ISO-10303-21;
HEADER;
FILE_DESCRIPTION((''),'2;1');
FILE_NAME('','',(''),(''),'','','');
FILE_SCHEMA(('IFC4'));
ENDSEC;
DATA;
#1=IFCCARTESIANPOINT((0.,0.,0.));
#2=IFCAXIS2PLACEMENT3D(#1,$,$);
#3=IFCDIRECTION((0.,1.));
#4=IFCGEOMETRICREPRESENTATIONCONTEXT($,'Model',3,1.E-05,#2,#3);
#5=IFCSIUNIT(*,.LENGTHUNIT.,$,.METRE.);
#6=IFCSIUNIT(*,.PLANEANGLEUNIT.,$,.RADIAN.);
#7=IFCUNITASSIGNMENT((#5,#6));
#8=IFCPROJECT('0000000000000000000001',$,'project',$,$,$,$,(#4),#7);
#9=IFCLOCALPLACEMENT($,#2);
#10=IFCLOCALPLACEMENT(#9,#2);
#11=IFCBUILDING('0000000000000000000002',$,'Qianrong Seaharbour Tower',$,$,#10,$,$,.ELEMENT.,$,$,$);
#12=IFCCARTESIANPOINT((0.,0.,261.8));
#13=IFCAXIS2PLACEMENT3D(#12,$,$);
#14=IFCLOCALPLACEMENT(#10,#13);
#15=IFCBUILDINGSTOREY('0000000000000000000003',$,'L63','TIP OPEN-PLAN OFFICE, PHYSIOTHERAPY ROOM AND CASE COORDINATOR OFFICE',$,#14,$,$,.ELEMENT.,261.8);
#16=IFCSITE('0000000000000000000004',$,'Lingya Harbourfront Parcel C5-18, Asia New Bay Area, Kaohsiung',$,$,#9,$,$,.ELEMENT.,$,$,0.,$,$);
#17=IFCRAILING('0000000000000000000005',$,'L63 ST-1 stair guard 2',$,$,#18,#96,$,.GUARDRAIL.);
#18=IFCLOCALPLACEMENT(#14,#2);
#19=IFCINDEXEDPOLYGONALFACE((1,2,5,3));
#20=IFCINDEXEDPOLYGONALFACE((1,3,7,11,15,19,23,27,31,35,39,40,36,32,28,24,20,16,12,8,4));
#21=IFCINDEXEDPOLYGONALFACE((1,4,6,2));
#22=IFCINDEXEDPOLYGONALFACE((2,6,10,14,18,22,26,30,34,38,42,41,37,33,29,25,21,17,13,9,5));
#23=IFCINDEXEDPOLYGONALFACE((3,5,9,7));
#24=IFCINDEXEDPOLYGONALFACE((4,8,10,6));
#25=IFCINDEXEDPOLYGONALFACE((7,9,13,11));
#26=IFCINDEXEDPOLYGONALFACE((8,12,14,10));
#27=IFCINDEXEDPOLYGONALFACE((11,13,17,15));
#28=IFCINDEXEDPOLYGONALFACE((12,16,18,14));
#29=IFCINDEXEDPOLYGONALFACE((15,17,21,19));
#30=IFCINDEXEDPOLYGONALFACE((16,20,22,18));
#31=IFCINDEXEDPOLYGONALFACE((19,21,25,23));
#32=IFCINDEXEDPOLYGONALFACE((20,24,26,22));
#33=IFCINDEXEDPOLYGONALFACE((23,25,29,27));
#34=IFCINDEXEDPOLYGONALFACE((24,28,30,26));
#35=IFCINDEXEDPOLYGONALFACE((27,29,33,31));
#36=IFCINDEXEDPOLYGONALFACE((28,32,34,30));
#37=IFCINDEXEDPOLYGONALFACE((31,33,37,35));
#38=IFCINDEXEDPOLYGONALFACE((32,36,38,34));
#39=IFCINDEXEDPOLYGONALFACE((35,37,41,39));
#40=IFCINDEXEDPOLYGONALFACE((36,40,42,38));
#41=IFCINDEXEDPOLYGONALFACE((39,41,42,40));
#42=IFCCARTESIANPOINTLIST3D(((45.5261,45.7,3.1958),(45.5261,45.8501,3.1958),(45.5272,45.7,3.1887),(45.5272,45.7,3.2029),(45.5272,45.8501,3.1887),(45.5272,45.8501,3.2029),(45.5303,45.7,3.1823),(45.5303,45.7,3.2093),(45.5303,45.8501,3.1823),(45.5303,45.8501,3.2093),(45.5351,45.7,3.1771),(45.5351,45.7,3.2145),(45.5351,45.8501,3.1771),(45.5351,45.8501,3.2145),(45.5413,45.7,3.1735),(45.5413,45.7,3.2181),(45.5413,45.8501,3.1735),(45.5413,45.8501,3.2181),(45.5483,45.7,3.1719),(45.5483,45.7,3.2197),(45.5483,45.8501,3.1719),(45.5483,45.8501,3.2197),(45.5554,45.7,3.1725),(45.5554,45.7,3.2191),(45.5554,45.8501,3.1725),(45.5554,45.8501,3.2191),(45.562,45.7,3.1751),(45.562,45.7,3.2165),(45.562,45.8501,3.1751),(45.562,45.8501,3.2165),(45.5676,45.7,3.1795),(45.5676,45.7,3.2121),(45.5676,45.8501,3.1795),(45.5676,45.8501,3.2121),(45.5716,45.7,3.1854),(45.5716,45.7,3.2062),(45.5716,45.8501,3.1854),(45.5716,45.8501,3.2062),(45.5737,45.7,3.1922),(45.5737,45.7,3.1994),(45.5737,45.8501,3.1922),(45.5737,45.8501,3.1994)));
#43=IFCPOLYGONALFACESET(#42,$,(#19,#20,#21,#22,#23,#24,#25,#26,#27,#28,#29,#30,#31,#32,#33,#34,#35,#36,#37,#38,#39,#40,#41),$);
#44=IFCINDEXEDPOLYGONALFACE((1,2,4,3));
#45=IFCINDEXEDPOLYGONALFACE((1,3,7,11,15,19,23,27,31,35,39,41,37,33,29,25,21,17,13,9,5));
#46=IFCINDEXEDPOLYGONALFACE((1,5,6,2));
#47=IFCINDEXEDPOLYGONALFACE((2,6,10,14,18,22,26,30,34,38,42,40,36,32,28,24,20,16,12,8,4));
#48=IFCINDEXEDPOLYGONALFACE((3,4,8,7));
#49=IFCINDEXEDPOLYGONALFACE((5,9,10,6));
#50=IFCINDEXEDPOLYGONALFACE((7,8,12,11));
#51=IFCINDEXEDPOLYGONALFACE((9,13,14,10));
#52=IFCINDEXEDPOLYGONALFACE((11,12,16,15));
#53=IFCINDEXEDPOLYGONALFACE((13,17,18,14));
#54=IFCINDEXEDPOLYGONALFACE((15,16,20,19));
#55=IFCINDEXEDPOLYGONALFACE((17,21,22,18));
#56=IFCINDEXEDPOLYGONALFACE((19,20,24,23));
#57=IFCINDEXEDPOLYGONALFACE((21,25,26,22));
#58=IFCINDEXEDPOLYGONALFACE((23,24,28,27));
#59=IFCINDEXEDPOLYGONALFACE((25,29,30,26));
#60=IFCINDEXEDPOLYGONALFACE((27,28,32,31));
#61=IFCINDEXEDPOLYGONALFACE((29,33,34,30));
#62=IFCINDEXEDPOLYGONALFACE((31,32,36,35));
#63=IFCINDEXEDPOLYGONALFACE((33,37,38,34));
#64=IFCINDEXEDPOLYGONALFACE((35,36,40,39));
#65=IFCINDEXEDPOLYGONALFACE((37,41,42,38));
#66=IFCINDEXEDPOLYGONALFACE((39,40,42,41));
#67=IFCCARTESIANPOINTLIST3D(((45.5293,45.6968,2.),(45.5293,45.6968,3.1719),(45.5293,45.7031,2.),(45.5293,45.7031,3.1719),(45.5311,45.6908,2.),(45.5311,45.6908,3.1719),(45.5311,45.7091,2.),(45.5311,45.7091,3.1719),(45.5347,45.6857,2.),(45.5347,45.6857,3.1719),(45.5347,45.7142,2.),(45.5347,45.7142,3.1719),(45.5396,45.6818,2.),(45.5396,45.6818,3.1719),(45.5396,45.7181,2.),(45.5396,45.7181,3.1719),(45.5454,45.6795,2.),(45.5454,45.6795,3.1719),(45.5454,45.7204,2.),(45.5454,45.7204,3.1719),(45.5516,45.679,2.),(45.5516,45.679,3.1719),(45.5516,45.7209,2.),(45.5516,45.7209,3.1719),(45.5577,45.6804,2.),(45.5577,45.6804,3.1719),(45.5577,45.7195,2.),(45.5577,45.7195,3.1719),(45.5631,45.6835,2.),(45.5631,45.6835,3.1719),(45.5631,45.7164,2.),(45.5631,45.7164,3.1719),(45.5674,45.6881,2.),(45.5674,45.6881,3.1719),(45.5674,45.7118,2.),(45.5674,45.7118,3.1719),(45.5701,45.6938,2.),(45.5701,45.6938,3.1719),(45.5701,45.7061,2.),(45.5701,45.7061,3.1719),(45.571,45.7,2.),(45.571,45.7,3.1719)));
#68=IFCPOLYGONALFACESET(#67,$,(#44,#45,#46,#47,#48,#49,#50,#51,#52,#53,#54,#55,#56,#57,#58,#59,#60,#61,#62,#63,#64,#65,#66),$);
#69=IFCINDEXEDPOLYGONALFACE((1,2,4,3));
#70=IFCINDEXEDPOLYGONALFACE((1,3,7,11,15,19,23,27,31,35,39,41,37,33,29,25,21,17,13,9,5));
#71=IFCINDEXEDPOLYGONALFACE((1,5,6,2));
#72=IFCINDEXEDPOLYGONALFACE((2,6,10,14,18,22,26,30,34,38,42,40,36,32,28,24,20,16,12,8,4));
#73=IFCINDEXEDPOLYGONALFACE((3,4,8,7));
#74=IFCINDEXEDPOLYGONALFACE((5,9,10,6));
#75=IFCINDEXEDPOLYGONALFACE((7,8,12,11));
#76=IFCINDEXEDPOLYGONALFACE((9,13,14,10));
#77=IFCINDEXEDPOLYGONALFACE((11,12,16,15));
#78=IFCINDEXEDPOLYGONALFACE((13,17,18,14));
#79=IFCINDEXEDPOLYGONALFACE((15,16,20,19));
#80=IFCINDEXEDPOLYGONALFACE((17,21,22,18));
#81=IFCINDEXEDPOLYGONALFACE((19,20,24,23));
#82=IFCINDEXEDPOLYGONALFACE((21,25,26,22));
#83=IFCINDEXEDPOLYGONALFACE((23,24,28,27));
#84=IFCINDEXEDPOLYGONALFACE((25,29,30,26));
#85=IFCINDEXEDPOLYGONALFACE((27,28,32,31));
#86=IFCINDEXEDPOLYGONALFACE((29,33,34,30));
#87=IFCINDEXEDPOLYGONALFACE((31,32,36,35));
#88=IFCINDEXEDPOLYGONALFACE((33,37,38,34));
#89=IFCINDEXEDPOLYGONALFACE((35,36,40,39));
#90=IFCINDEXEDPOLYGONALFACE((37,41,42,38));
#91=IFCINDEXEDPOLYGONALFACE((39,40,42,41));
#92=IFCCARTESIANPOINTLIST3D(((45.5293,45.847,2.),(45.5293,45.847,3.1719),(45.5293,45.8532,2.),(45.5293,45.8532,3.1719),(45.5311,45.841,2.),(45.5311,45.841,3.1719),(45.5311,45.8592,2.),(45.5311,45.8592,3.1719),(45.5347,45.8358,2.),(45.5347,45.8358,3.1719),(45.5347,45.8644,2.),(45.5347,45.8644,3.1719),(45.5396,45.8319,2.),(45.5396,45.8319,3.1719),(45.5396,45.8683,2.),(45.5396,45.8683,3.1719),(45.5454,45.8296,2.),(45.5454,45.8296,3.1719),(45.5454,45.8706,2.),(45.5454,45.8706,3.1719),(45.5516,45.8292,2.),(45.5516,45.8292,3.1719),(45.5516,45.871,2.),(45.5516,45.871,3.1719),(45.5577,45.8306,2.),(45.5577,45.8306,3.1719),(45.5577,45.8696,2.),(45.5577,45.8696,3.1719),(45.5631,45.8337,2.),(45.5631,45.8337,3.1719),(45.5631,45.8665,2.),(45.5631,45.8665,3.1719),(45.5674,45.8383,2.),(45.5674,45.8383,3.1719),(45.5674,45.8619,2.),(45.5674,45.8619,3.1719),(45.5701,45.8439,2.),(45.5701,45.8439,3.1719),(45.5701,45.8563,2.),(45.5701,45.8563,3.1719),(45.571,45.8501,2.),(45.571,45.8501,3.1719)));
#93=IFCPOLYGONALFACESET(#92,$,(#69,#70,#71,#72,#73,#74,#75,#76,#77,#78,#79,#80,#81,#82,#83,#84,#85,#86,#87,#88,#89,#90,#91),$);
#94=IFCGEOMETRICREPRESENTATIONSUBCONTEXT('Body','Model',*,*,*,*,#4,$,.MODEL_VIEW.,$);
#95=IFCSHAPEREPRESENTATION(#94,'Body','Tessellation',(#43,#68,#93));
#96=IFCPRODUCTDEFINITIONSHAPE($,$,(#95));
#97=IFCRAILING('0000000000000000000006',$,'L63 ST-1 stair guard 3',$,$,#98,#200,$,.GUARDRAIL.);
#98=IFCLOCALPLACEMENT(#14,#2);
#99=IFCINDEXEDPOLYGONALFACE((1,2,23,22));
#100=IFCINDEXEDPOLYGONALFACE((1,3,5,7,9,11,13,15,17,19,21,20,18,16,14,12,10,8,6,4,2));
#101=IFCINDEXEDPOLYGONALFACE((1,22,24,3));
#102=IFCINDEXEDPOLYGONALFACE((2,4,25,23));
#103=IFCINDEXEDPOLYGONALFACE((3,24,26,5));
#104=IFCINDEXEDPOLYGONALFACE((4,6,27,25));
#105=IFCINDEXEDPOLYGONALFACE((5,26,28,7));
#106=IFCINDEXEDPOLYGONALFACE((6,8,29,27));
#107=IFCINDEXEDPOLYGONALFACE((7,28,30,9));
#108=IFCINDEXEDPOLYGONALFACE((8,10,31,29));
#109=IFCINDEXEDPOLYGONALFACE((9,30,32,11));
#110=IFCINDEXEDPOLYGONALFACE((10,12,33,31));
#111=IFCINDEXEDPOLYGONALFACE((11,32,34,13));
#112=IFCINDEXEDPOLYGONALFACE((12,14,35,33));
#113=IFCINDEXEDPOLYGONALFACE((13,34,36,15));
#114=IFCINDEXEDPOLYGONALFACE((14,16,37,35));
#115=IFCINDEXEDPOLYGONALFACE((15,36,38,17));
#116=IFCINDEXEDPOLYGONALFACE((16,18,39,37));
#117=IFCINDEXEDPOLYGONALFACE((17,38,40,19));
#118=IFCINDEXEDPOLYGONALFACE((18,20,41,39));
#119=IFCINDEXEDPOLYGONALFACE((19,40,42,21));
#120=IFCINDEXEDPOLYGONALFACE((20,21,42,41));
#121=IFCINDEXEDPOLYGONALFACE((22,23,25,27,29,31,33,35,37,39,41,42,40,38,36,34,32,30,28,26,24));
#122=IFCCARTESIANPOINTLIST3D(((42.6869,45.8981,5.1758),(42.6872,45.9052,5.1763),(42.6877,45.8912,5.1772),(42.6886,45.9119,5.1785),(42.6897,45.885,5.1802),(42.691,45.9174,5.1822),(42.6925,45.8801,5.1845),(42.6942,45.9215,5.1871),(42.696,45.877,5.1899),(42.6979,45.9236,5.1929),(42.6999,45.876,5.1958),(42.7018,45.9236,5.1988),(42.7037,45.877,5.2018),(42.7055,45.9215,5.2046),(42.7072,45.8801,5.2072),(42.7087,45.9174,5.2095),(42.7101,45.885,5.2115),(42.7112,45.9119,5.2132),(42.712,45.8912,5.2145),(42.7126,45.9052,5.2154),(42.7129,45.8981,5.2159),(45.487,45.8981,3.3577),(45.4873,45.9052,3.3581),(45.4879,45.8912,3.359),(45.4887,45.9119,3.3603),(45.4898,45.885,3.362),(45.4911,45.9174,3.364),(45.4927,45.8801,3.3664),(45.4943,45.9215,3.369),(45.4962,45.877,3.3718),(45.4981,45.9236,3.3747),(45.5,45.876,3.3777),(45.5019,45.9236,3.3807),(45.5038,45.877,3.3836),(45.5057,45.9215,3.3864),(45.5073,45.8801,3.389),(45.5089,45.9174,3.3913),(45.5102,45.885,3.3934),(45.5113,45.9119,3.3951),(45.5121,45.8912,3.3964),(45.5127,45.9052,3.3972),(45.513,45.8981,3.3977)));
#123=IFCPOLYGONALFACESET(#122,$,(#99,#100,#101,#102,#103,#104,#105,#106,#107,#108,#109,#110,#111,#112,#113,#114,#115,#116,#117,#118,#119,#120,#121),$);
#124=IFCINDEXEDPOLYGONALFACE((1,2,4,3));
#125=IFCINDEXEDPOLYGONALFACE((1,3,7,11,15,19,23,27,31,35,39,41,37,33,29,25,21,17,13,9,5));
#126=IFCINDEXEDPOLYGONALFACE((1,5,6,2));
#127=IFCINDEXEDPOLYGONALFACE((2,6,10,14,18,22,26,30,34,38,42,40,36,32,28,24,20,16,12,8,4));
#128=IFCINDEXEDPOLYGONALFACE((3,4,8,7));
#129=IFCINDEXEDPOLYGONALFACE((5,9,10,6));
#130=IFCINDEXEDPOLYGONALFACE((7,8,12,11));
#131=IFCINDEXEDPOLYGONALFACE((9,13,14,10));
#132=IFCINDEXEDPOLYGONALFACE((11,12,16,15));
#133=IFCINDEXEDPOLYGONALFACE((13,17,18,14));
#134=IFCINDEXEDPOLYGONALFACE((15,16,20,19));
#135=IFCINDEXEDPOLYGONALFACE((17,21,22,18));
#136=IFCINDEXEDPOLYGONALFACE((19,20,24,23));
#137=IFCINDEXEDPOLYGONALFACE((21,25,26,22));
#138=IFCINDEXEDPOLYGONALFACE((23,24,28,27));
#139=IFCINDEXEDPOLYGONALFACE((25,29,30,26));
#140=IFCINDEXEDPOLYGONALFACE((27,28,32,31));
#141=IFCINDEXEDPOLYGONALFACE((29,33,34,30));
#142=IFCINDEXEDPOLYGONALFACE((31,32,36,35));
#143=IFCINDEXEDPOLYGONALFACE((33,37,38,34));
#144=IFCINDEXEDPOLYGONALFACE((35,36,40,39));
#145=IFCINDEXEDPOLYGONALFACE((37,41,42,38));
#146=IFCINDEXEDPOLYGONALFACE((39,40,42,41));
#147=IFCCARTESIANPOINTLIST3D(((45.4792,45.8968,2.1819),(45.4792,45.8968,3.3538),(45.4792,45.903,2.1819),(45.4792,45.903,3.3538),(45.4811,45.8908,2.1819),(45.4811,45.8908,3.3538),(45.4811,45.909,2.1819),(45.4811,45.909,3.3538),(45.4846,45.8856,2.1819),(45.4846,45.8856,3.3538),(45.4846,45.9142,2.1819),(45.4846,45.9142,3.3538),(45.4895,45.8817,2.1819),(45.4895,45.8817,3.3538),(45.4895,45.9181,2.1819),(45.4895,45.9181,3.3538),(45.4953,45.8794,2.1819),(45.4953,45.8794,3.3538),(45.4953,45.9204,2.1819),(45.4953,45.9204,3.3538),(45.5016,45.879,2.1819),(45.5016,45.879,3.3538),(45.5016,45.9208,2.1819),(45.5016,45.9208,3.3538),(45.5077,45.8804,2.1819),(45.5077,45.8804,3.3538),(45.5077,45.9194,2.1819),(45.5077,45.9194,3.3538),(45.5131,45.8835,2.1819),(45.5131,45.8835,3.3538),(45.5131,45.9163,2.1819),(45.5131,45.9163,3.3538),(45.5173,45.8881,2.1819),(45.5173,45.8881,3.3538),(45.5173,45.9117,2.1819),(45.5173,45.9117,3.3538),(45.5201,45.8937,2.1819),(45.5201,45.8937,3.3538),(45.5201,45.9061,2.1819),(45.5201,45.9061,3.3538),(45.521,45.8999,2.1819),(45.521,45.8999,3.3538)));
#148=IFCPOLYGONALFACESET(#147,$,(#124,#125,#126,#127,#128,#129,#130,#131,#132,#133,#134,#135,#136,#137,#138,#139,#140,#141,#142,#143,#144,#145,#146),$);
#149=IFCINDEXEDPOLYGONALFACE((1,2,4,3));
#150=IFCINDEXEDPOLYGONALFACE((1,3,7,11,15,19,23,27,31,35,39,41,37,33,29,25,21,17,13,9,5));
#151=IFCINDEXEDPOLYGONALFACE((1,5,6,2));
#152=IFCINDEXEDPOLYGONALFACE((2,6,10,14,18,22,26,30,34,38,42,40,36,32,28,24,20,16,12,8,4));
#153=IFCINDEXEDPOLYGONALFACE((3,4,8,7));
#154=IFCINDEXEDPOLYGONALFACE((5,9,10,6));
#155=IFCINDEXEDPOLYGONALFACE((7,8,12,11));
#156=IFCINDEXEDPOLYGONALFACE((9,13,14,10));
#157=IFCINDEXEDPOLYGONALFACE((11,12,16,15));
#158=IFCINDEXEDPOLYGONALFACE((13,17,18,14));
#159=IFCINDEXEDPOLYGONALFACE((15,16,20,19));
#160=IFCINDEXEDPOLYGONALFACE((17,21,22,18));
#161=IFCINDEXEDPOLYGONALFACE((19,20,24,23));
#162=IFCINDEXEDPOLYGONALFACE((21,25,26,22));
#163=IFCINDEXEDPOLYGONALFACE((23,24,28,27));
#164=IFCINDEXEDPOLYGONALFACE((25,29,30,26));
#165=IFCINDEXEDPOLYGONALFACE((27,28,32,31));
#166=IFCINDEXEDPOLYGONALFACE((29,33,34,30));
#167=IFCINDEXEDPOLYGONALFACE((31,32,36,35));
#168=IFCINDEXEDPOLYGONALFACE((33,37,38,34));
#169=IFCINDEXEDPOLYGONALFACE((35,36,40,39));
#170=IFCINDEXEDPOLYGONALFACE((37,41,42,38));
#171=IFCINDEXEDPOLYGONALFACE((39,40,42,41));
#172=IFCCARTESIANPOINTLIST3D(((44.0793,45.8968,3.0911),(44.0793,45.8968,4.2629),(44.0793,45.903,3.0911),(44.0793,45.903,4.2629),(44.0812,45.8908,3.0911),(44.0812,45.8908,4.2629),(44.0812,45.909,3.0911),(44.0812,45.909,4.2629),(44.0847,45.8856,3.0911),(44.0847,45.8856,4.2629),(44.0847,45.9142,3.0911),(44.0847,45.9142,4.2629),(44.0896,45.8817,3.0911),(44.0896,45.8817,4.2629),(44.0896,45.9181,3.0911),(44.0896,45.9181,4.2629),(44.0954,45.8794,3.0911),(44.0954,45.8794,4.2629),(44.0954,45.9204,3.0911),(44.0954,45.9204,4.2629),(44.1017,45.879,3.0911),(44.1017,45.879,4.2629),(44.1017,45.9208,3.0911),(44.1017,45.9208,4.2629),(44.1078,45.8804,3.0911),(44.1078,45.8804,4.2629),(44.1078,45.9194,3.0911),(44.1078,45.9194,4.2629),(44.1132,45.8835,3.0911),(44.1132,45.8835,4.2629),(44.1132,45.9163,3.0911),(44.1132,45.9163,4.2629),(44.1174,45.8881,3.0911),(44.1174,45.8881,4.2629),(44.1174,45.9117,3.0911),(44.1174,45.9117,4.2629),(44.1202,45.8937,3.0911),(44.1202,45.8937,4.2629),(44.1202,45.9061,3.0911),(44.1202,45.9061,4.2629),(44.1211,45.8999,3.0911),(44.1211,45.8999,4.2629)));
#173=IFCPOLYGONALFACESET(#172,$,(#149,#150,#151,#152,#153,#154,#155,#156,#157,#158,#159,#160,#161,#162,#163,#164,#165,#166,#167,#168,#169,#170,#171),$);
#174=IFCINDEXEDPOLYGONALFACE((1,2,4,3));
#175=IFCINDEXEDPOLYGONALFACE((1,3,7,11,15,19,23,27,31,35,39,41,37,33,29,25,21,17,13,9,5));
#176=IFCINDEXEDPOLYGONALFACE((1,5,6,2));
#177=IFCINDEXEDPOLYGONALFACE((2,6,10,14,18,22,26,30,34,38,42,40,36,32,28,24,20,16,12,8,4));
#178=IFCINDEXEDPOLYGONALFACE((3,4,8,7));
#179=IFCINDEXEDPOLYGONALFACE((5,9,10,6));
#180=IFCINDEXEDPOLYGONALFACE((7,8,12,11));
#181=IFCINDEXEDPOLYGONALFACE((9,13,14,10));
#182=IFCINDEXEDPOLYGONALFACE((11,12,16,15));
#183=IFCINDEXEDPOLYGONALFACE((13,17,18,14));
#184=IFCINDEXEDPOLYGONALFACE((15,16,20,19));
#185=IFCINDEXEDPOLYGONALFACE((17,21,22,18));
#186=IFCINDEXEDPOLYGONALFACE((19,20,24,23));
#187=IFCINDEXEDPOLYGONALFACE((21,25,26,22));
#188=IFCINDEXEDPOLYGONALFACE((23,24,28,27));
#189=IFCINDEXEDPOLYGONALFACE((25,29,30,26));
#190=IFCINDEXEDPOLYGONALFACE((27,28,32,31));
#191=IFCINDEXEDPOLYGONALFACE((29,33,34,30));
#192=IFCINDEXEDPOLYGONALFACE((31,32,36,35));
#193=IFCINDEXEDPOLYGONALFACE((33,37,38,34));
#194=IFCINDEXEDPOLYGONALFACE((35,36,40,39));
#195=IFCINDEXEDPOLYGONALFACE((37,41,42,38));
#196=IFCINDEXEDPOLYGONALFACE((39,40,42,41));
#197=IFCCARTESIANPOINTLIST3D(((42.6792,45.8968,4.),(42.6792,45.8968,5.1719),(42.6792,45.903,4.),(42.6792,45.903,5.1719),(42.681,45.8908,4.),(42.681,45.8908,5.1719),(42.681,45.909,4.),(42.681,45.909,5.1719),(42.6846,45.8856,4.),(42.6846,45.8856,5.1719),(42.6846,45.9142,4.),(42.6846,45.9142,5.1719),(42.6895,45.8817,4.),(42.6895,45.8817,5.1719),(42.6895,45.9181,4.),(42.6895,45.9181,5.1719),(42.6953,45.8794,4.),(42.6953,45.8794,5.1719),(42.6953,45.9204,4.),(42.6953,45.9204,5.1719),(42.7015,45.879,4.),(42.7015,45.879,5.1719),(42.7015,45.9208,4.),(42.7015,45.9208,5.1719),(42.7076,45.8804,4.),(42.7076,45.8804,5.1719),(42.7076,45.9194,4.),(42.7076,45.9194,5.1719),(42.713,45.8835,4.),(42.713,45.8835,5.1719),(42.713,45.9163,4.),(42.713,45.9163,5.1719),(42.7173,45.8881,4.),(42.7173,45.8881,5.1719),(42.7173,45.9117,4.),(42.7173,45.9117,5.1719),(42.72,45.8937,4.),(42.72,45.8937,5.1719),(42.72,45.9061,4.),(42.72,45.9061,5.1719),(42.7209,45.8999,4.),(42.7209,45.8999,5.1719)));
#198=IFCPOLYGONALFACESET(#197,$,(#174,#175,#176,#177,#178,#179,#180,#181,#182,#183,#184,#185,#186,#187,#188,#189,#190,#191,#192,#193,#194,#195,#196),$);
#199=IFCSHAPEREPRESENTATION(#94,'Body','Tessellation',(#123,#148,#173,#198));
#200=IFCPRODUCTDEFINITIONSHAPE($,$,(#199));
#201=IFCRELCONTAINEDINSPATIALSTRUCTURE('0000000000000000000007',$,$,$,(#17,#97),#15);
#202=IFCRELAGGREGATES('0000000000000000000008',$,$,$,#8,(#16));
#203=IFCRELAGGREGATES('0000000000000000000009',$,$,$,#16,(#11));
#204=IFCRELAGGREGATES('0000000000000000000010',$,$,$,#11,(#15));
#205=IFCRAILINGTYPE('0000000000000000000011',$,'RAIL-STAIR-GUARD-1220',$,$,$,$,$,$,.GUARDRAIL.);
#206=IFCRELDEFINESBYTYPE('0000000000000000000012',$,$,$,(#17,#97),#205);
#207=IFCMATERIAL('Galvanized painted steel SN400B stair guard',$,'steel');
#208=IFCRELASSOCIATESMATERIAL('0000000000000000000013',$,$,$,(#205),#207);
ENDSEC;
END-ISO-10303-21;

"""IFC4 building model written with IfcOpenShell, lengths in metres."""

from ifc_helpers import new_model, si_unit, direction, frame, origin, origin_2d, place, context, subcontext, project, spatial, circle, extrude, material, type_object, element, save


model = new_model("IFC4")

# Units and contexts
model_context = context("Model", 3, precision=1e-05, world=origin(), true_north=direction((0.0, 1.0)))
body_context = subcontext(model_context, "Body", "Model", "MODEL_VIEW")
ifc_project = project(units=[si_unit("LENGTHUNIT", "METRE"), si_unit("PLANEANGLEUNIT", "RADIAN")], contexts=[model_context])

# Site, building, storey
site_placement = place(None, origin())
site = spatial("IfcSite", under=ifc_project, at=site_placement, Name="Lingya Harbourfront Parcel C5-18, Asia New Bay Area, Kaohsiung", CompositionType="ELEMENT", RefElevation=0.0)
building_placement = place(site_placement, origin())
building = spatial("IfcBuilding", under=site, at=building_placement, Name="Qianrong Seaharbour Tower", CompositionType="ELEMENT")
storey_placement = place(building_placement, frame((0.0, 0.0, 261.8)))
storey = spatial("IfcBuildingStorey", under=building, at=storey_placement, Name="L63", Description="TIP OPEN-PLAN OFFICE, PHYSIOTHERAPY ROOM AND CASE COORDINATOR OFFICE", CompositionType="ELEMENT", Elevation=261.8)

# Railings
ifc_material_1 = material(Name="Galvanized painted steel SN400B stair guard", Category="steel")
railing_type_1 = type_object("IfcRailingType", Name="RAIL-STAIR-GUARD-1220", PredefinedType="GUARDRAIL", material=ifc_material_1)
railing_1_placement = place(storey_placement, frame((45.55, 45.7, 2.0)))
element("IfcRailing", 1, at=railing_1_placement, inside=storey, type_object=railing_type_1, Name="L63 ST-1 stair guard 2", PredefinedType="GUARDRAIL", context=body_context, shape_type="SweptSolid", body=[
    extrude(circle(Radius=0.0239, at=origin_2d()), frame((0.0, 0.0, 1.1958), z_axis=(0.0, 1.0, 0.0), x_axis=(-1.0, 0.0, 0.0)), (0.0, 0.0, 1.0), 0.1501),
    extrude(circle(Radius=0.021, at=origin_2d()), origin(), (0.0, 0.0, 1.0), 1.1719),
    extrude(circle(Radius=0.021, at=origin_2d()), frame((0.0, 0.1501, 0.0)), (0.0, 0.0, 1.0), 1.1719),
])
railing_2_placement = place(storey_placement, frame((45.5, 45.8999, 2.1819)))
element("IfcRailing", 2, at=railing_2_placement, inside=storey, type_object=railing_type_1, Name="L63 ST-1 stair guard 3", PredefinedType="GUARDRAIL", context=body_context, shape_type="SweptSolid", body=[
    extrude(circle(Radius=0.0239, at=origin_2d()), frame((0.0, 0.0, 1.1958), z_axis=(-0.838706, 0.0, 0.544585), x_axis=(0.0, -1.0, 0.0)), (0.0, 0.0, 1.0), 3.3386),
    extrude(circle(Radius=0.021, at=origin_2d()), origin(), (0.0, 0.0, 1.0), 1.1719),
    extrude(circle(Radius=0.021, at=origin_2d()), frame((-1.3999, 0.0, 0.9092)), (0.0, 0.0, 1.0), 1.1719),
    extrude(circle(Radius=0.021, at=origin_2d()), frame((-2.8, 0.0, 1.8181)), (0.0, 0.0, 1.0), 1.1719),
])

save(model, "model.ifc")
